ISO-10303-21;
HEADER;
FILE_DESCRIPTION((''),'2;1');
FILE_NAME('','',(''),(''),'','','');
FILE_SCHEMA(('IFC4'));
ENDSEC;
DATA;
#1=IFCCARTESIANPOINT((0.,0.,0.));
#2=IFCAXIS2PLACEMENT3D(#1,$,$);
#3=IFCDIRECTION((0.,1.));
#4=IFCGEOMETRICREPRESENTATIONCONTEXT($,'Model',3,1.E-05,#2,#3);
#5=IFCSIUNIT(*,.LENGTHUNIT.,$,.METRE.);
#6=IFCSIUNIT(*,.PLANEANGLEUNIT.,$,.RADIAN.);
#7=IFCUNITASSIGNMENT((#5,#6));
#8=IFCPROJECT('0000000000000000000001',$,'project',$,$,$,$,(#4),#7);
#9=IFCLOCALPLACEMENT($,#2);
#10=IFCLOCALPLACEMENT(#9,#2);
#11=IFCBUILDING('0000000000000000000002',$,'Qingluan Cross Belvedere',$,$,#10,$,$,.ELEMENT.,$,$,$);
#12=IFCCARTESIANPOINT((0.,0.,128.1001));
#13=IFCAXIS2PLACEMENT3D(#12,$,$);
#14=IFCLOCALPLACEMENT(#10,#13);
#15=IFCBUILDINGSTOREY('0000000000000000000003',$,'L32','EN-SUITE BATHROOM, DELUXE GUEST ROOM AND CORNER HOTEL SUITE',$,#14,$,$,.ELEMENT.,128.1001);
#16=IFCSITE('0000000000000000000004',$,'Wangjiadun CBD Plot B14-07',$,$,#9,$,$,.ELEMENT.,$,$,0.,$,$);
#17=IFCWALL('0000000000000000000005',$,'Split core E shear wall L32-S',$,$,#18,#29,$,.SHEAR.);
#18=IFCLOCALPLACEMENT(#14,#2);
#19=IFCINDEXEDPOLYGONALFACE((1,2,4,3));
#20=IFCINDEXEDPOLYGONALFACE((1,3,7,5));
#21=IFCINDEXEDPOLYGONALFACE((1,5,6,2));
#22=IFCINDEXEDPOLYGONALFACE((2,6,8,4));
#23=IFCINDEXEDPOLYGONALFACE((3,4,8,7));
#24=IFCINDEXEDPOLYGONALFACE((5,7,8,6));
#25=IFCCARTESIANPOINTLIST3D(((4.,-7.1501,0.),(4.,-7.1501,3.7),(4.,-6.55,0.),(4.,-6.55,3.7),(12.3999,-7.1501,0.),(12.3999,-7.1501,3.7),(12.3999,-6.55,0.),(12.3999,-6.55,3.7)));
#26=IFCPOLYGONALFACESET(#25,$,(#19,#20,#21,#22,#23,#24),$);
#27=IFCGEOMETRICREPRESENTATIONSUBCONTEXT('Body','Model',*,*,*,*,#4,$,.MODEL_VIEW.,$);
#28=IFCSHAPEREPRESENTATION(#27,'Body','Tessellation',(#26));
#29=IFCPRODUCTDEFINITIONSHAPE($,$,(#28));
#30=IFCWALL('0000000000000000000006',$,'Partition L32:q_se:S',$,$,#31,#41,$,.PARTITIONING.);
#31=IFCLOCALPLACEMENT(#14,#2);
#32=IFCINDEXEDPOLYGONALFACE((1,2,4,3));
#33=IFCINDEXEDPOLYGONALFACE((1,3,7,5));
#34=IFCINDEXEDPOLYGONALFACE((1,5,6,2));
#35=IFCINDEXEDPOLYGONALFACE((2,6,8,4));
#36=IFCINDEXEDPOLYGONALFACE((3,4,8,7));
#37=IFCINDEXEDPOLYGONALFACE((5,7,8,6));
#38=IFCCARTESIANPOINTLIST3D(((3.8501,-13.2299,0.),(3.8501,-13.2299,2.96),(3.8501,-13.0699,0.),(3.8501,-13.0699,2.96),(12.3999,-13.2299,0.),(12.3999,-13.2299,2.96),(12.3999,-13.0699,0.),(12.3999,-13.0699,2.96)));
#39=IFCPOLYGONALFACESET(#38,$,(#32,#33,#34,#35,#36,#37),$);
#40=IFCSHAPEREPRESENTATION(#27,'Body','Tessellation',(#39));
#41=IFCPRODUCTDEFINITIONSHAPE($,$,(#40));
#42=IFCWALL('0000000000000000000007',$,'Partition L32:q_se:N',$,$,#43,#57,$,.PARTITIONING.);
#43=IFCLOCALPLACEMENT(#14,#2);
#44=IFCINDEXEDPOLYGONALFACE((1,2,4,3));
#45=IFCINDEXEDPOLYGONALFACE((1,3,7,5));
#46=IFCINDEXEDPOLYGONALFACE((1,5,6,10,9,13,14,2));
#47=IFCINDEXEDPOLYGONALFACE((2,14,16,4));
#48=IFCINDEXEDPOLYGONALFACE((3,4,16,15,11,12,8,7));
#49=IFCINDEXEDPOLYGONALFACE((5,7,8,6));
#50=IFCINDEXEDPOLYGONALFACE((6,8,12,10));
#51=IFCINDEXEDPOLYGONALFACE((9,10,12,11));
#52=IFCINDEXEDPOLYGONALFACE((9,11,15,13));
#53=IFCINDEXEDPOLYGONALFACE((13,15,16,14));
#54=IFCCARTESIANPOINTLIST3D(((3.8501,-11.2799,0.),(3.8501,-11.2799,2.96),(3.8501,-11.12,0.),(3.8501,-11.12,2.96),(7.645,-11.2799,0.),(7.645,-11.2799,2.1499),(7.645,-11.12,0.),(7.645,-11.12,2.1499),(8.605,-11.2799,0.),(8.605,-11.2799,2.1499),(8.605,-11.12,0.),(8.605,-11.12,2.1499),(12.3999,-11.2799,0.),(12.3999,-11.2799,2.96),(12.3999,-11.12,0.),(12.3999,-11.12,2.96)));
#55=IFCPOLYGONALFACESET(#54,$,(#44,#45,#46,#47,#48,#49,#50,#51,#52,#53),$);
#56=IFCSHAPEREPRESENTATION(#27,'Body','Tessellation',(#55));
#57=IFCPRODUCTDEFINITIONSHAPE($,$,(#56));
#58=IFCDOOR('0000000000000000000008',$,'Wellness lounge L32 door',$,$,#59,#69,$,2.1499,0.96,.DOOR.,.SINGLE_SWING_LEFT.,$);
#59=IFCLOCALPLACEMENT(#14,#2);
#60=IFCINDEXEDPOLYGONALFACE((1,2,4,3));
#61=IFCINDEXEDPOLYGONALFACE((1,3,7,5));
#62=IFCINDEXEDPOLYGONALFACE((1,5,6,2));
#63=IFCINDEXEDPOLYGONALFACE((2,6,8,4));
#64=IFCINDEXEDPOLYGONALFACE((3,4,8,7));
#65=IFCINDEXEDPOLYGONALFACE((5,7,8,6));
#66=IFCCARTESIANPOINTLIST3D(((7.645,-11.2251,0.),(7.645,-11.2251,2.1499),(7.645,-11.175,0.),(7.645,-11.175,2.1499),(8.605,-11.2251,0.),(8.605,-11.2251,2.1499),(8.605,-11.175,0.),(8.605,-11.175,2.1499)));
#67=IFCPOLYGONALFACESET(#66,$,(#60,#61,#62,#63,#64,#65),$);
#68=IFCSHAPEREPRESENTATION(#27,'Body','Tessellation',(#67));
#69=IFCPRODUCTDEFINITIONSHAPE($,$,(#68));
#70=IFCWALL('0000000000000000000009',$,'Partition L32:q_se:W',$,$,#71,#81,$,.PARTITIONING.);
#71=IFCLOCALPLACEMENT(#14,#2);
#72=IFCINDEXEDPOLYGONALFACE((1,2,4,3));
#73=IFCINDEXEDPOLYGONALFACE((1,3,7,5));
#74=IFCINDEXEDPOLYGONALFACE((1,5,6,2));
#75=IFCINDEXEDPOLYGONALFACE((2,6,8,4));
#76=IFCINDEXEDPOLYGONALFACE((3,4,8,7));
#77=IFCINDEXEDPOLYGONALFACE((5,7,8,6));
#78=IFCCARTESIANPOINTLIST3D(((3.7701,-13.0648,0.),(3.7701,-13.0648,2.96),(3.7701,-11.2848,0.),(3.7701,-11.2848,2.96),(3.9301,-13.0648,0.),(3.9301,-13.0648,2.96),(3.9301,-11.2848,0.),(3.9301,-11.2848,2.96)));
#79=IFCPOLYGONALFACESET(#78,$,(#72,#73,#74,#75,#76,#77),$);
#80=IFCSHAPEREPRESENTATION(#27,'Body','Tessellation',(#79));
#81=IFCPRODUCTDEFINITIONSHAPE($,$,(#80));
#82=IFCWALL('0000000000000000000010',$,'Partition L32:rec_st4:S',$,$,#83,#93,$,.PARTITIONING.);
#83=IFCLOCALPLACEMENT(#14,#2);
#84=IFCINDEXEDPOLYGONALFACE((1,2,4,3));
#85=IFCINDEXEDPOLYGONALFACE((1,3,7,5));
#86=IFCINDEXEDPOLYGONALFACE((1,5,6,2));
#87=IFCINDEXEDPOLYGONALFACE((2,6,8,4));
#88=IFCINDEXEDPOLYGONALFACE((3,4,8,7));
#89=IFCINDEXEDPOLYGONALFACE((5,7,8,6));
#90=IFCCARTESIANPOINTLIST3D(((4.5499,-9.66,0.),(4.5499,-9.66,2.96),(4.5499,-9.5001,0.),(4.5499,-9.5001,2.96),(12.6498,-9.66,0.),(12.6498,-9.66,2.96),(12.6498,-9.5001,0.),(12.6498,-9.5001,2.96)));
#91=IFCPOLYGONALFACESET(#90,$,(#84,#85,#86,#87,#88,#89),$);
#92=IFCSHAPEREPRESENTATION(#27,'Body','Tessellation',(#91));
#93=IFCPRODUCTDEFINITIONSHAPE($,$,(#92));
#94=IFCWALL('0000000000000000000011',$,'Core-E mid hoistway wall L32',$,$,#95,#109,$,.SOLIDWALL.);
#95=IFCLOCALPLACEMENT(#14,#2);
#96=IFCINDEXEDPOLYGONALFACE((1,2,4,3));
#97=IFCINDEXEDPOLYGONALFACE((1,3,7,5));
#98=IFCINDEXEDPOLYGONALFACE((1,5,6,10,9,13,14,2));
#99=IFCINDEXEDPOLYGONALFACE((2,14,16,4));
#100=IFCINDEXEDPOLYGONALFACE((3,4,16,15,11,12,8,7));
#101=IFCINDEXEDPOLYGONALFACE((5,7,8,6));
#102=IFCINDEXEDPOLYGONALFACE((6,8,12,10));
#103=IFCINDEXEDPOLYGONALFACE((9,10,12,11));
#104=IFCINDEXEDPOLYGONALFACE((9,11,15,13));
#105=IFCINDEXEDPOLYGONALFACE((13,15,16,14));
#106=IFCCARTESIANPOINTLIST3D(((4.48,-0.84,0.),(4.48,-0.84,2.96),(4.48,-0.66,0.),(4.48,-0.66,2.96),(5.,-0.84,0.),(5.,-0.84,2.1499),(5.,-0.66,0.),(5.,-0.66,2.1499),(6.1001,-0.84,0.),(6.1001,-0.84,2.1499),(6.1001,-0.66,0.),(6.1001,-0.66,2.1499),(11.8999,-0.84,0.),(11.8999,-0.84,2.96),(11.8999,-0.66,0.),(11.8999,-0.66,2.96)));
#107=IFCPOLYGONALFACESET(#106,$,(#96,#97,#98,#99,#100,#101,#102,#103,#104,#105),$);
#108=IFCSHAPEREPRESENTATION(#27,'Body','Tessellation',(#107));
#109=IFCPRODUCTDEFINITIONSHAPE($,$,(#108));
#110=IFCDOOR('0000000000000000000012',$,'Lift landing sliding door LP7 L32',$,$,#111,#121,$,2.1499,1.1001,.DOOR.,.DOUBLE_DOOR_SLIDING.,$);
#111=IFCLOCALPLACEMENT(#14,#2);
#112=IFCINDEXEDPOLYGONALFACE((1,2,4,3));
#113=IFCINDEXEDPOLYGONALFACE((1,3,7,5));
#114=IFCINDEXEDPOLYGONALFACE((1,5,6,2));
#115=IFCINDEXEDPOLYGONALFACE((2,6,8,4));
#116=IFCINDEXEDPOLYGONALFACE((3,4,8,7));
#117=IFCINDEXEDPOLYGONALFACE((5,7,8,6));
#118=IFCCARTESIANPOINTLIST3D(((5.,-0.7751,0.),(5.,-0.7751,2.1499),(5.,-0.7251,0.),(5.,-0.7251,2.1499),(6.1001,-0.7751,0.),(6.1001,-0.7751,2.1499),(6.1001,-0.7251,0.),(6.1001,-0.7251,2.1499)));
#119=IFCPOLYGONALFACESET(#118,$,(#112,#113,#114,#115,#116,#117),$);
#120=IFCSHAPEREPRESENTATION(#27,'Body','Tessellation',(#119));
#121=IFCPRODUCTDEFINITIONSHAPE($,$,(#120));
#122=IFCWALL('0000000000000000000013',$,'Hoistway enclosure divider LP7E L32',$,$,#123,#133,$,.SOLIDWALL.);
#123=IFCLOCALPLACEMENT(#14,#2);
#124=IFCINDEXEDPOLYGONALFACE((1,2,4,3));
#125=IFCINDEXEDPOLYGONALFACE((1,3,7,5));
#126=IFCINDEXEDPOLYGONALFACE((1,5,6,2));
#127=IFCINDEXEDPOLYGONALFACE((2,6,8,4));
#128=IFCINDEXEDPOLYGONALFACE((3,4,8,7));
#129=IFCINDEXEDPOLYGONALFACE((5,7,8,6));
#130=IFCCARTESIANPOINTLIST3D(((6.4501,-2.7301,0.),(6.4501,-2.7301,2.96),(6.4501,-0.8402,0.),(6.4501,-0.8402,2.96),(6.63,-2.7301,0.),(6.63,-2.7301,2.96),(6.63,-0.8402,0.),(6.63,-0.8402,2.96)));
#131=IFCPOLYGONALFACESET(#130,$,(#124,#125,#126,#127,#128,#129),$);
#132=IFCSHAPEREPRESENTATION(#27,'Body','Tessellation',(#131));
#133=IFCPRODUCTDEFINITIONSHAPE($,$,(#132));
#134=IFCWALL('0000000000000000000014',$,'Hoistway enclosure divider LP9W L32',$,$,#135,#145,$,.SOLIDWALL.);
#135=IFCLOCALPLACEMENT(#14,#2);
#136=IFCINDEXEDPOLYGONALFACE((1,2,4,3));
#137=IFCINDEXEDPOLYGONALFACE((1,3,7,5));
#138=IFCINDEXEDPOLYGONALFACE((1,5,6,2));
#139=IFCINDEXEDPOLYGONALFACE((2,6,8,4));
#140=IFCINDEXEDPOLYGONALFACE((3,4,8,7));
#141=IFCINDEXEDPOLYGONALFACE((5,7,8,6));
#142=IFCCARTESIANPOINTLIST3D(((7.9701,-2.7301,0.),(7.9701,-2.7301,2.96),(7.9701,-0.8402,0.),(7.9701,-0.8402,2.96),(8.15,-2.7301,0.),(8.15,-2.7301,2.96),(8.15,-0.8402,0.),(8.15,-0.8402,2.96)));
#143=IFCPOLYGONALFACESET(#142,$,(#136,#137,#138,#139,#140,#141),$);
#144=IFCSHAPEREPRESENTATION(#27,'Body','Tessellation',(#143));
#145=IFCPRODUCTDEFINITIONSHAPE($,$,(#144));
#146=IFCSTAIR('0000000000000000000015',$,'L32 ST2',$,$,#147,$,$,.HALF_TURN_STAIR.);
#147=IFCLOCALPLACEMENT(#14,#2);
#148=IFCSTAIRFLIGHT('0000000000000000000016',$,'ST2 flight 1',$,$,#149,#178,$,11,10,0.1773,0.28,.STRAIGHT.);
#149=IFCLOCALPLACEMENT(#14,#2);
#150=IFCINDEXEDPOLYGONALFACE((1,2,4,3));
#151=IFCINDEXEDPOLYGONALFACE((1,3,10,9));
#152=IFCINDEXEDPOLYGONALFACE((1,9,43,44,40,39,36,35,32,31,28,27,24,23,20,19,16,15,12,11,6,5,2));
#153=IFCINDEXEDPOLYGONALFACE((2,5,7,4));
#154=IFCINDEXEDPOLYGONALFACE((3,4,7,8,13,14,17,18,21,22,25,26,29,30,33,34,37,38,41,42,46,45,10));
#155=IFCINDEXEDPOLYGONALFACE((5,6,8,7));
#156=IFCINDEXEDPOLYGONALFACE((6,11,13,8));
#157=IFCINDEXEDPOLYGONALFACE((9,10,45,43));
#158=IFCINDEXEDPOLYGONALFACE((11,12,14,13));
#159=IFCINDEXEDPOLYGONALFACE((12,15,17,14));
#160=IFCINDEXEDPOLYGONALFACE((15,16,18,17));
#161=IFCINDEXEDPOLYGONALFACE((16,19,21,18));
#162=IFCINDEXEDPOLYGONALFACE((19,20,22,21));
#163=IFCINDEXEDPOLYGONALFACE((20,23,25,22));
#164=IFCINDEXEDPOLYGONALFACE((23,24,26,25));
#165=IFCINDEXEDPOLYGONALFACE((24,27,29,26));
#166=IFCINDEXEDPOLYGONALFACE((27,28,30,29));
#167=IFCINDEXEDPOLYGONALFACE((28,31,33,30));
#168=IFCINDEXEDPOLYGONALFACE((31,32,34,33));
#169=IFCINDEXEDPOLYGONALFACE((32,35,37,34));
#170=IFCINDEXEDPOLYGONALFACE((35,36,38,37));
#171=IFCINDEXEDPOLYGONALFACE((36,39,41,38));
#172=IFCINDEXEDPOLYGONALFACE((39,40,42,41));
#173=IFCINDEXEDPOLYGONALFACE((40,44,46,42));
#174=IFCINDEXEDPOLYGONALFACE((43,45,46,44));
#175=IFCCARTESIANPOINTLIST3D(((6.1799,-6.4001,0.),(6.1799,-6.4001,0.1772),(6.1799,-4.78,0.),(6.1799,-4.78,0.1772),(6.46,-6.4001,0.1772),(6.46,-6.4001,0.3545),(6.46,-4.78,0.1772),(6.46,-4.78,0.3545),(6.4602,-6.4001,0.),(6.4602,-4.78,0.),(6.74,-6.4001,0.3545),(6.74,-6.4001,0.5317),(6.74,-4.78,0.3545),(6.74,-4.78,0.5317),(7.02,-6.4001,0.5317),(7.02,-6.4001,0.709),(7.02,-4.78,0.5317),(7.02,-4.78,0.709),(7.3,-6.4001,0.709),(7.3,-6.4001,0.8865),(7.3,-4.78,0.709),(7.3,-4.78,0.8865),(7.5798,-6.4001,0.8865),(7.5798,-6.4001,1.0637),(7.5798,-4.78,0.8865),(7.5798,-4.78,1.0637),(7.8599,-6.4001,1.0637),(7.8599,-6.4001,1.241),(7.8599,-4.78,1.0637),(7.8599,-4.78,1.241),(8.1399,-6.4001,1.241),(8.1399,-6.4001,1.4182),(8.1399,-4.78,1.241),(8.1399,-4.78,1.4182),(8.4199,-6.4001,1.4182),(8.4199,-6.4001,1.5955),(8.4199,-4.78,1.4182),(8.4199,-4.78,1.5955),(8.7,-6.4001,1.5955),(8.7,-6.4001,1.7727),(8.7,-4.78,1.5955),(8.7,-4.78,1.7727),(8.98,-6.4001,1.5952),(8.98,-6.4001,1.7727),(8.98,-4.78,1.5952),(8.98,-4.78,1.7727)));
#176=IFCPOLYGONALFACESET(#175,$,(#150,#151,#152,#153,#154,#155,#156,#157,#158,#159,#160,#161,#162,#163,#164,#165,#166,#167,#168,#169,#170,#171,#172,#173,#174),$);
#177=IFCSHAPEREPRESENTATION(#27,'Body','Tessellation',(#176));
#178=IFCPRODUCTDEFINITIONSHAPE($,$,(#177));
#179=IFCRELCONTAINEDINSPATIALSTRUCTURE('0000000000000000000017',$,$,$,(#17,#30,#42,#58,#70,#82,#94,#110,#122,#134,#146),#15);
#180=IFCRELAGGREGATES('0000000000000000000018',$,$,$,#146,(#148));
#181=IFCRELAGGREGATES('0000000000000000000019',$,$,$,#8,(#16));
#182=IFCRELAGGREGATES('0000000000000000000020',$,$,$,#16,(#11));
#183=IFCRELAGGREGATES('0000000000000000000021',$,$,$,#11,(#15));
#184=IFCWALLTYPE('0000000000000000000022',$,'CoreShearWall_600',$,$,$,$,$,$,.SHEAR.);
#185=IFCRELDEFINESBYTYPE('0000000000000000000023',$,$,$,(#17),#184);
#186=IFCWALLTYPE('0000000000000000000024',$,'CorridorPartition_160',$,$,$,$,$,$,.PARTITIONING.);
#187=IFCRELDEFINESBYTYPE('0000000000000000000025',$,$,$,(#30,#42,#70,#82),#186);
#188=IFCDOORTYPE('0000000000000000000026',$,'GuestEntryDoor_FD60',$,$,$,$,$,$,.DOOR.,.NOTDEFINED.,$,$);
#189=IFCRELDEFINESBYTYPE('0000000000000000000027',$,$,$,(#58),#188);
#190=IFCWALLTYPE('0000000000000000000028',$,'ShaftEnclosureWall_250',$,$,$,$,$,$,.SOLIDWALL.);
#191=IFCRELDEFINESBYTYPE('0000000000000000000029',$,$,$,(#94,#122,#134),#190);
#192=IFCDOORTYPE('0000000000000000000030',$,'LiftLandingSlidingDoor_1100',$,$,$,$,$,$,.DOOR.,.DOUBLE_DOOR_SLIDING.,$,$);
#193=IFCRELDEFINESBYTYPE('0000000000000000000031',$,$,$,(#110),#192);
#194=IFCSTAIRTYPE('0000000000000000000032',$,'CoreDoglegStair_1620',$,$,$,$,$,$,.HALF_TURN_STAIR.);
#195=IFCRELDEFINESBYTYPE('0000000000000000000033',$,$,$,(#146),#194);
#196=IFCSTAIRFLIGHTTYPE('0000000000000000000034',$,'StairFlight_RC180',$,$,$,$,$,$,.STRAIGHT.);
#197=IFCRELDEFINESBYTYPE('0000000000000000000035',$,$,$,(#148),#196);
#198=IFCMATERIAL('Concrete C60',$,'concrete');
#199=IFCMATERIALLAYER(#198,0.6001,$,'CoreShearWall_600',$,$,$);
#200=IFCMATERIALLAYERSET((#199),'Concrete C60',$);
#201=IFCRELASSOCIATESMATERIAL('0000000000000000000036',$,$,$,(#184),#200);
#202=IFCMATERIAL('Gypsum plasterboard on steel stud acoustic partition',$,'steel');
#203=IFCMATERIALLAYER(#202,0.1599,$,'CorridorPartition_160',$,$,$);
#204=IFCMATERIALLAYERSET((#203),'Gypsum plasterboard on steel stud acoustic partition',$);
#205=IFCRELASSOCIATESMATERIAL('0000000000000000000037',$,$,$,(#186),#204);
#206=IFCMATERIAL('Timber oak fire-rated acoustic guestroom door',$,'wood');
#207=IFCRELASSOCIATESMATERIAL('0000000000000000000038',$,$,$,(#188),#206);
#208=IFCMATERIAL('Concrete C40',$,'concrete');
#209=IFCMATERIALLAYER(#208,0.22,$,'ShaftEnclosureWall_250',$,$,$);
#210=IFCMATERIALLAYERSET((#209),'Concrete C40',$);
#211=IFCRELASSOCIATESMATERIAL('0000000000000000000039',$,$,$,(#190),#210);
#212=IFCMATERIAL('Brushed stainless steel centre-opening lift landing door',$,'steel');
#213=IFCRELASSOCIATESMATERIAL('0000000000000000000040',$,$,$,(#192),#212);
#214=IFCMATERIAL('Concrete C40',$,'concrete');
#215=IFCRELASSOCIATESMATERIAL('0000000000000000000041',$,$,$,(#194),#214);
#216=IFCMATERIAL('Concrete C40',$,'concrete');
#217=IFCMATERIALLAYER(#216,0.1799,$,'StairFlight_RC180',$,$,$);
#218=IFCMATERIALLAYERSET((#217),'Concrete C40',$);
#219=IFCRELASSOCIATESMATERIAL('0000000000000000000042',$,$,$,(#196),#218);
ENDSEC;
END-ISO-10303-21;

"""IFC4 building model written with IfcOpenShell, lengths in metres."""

from ifc_helpers import new_model, si_unit, direction, frame, frame_2d, origin, place, context, subcontext, project, spatial, polyline, rectangle, outline, extrude, material, layer, layer_set, type_object, element, fill, aggregate, save


model = new_model("IFC4")

# Units and contexts
model_context = context("Model", 3, precision=1e-05, world=origin(), true_north=direction((0.0, 1.0)))
body_context = subcontext(model_context, "Body", "Model", "MODEL_VIEW")
ifc_project = project(units=[si_unit("LENGTHUNIT", "METRE"), si_unit("PLANEANGLEUNIT", "RADIAN")], contexts=[model_context])

# Site, building, storey
site_placement = place(None, origin())
site = spatial("IfcSite", under=ifc_project, at=site_placement, Name="Wangjiadun CBD Plot B14-07", CompositionType="ELEMENT", RefElevation=0.0)
building_placement = place(site_placement, origin())
building = spatial("IfcBuilding", under=site, at=building_placement, Name="Qingluan Cross Belvedere", CompositionType="ELEMENT")
storey_placement = place(building_placement, frame((0.0, 0.0, 128.1001)))
storey = spatial("IfcBuildingStorey", under=building, at=storey_placement, Name="L32", Description="EN-SUITE BATHROOM, DELUXE GUEST ROOM AND CORNER HOTEL SUITE", CompositionType="ELEMENT", Elevation=128.1001)

# Wall
ifc_material_1 = material(Name="Concrete C60", Category="concrete")
ifc_layer_1 = layer(ifc_material_1, 0.6001, Name="CoreShearWall_600")
ifc_layer_set_1 = layer_set([ifc_layer_1], Name="Concrete C60")
wall_type_1 = type_object("IfcWallType", Name="CoreShearWall_600", PredefinedType="SHEAR", material=ifc_layer_set_1)
wall_1_placement = place(storey_placement, frame((4.0, -6.8501, 0.0), z_axis=(0.0, 0.0, 1.0), x_axis=(1.0, 0.0, 0.0)))
element("IfcWall", 1, at=wall_1_placement, inside=storey, type_object=wall_type_1, Name="Split core E shear wall L32-S", PredefinedType="SHEAR", context=body_context, shape_type="SweptSolid", body=[
    extrude(rectangle(XDim=8.3999, YDim=0.6001, at=frame_2d((4.2, 0.0))), origin(), (0.0, 0.0, 1.0), 3.7),
])

# Wall
ifc_material_2 = material(Name="Gypsum plasterboard on steel stud acoustic partition", Category="steel")
ifc_layer_2 = layer(ifc_material_2, 0.1599, Name="CorridorPartition_160")
ifc_layer_set_2 = layer_set([ifc_layer_2], Name="Gypsum plasterboard on steel stud acoustic partition")
wall_type_2 = type_object("IfcWallType", Name="CorridorPartition_160", PredefinedType="PARTITIONING", material=ifc_layer_set_2)
wall_2_placement = place(storey_placement, frame((3.8501, -13.1499, 0.0), z_axis=(0.0, 0.0, 1.0), x_axis=(1.0, 0.0, 0.0)))
element("IfcWall", 2, at=wall_2_placement, inside=storey, type_object=wall_type_2, Name="Partition L32:q_se:S", PredefinedType="PARTITIONING", context=body_context, shape_type="SweptSolid", body=[
    extrude(rectangle(XDim=8.5498, YDim=0.1599, at=frame_2d((4.2749, 0.0))), origin(), (0.0, 0.0, 1.0), 2.96),
])

# Wall, opening, door
wall_3_placement = place(storey_placement, frame((3.8501, -11.2, 0.0), z_axis=(0.0, 0.0, 1.0), x_axis=(1.0, 0.0, 0.0)))
wall_3 = element("IfcWall", 3, at=wall_3_placement, inside=storey, type_object=wall_type_2, Name="Partition L32:q_se:N", PredefinedType="PARTITIONING", context=body_context, shape_type="SweptSolid", body=[
    extrude(rectangle(XDim=8.5498, YDim=0.1599, at=frame_2d((4.2749, 0.0))), origin(), (0.0, 0.0, 1.0), 2.96),
])
opening_1_placement = place(wall_3_placement, frame((3.7949, 0.0, 0.0)))
opening_1 = element("IfcOpeningElement", 4, at=opening_1_placement, cuts=wall_3, PredefinedType="OPENING", context=body_context, shape_type="SweptSolid", body=[
    extrude(rectangle(XDim=0.96, YDim=2.1499, at=frame_2d((0.48, 1.075))), frame((0.0, 0.0898, 0.0), z_axis=(0.0, -1.0, 0.0), x_axis=(1.0, 0.0, 0.0)), (0.0, 0.0, 1.0), 0.1799),
])
ifc_material_3 = material(Name="Timber oak fire-rated acoustic guestroom door", Category="wood")
door_type_1 = type_object("IfcDoorType", Name="GuestEntryDoor_FD60", OperationType="NOTDEFINED", PredefinedType="DOOR", material=ifc_material_3)
door_1_placement = place(opening_1_placement, origin())
door_1 = element("IfcDoor", 5, at=door_1_placement, inside=storey, type_object=door_type_1, Name="Wellness lounge L32 door", OperationType="SINGLE_SWING_LEFT", OverallHeight=2.1499, OverallWidth=0.96, PredefinedType="DOOR", context=body_context, shape_type="SweptSolid", body=[
    extrude(rectangle(XDim=0.96, YDim=2.1499, at=frame_2d((0.48, 1.075))), frame((0.0, 0.0249, 0.0), z_axis=(0.0, -1.0, 0.0), x_axis=(1.0, 0.0, 0.0)), (0.0, 0.0, 1.0), 0.05),
])
fill(opening_1, door_1)

# Walls
wall_4_placement = place(storey_placement, frame((3.8501, -13.0649, 0.0), z_axis=(0.0, 0.0, 1.0), x_axis=(0.0, 1.0, 0.0)))
element("IfcWall", 6, at=wall_4_placement, inside=storey, type_object=wall_type_2, Name="Partition L32:q_se:W", PredefinedType="PARTITIONING", context=body_context, shape_type="SweptSolid", body=[
    extrude(rectangle(XDim=1.78, YDim=0.1599, at=frame_2d((0.8901, 0.0))), origin(), (0.0, 0.0, 1.0), 2.96),
])
wall_5_placement = place(storey_placement, frame((4.55, -9.5801, 0.0), z_axis=(0.0, 0.0, 1.0), x_axis=(1.0, 0.0, 0.0)))
element("IfcWall", 7, at=wall_5_placement, inside=storey, type_object=wall_type_2, Name="Partition L32:rec_st4:S", PredefinedType="PARTITIONING", context=body_context, shape_type="SweptSolid", body=[
    extrude(rectangle(XDim=8.0999, YDim=0.1599, at=frame_2d((4.0498, 0.0))), origin(), (0.0, 0.0, 1.0), 2.96),
])

# Wall, opening, door
ifc_material_4 = material(Name="Concrete C40", Category="concrete")
ifc_layer_3 = layer(ifc_material_4, 0.22, Name="ShaftEnclosureWall_250")
ifc_layer_set_3 = layer_set([ifc_layer_3], Name="Concrete C40")
wall_type_3 = type_object("IfcWallType", Name="ShaftEnclosureWall_250", PredefinedType="SOLIDWALL", material=ifc_layer_set_3)
wall_6_placement = place(storey_placement, frame((4.48, -0.75, 0.0), z_axis=(0.0, 0.0, 1.0), x_axis=(1.0, 0.0, 0.0)))
wall_6 = element("IfcWall", 8, at=wall_6_placement, inside=storey, type_object=wall_type_3, Name="Core-E mid hoistway wall L32", PredefinedType="SOLIDWALL", context=body_context, shape_type="SweptSolid", body=[
    extrude(rectangle(XDim=7.4199, YDim=0.1799, at=frame_2d((3.71, 0.0))), origin(), (0.0, 0.0, 1.0), 2.96),
])
opening_2_placement = place(wall_6_placement, frame((0.52, 0.0, 0.0)))
opening_2 = element("IfcOpeningElement", 9, at=opening_2_placement, cuts=wall_6, PredefinedType="OPENING", context=body_context, shape_type="SweptSolid", body=[
    extrude(rectangle(XDim=1.1001, YDim=2.1499, at=frame_2d((0.55, 1.075))), frame((0.0, 0.0999, 0.0), z_axis=(0.0, -1.0, 0.0), x_axis=(1.0, 0.0, 0.0)), (0.0, 0.0, 1.0), 0.2),
])
ifc_material_5 = material(Name="Brushed stainless steel centre-opening lift landing door", Category="steel")
door_type_2 = type_object("IfcDoorType", Name="LiftLandingSlidingDoor_1100", OperationType="DOUBLE_DOOR_SLIDING", PredefinedType="DOOR", material=ifc_material_5)
door_2_placement = place(opening_2_placement, origin())
door_2 = element("IfcDoor", 10, at=door_2_placement, inside=storey, type_object=door_type_2, Name="Lift landing sliding door LP7 L32", OperationType="DOUBLE_DOOR_SLIDING", OverallHeight=2.1499, OverallWidth=1.1001, PredefinedType="DOOR", context=body_context, shape_type="SweptSolid", body=[
    extrude(rectangle(XDim=1.1001, YDim=2.1499, at=frame_2d((0.55, 1.075))), frame((0.0, 0.0249, 0.0), z_axis=(0.0, -1.0, 0.0), x_axis=(1.0, 0.0, 0.0)), (0.0, 0.0, 1.0), 0.05),
])
fill(opening_2, door_2)

# Walls
for number, where, z_axis, x_axis, name in (
    (11, (6.54, -2.73, 0.0), (0.0, 0.0, 1.0), (0.0, 1.0, 0.0), "Hoistway enclosure divider LP7E L32"),
    (12, (8.0601, -2.73, 0.0), (0.0, 0.0, 1.0), (0.0, 1.0, 0.0), "Hoistway enclosure divider LP9W L32"),
):
    element("IfcWall", number, at=place(storey_placement, frame(where, z_axis=z_axis, x_axis=x_axis)), inside=storey, type_object=wall_type_3, Name=name, PredefinedType="SOLIDWALL", context=body_context, shape_type="SweptSolid", body=[
        extrude(rectangle(XDim=1.8899, YDim=0.1799, at=frame_2d((0.9448, 0.0))), origin(), (0.0, 0.0, 1.0), 2.96),
    ])

# Stair, stair flight
ifc_material_6 = material(Name="Concrete C40", Category="concrete")
stair_type = type_object("IfcStairType", Name="CoreDoglegStair_1620", PredefinedType="HALF_TURN_STAIR", material=ifc_material_6)
stair_placement = place(storey_placement, origin())
stair = element("IfcStair", 13, at=stair_placement, inside=storey, type_object=stair_type, Name="L32 ST2", PredefinedType="HALF_TURN_STAIR")
ifc_material_7 = material(Name="Concrete C40", Category="concrete")
ifc_layer_4 = layer(ifc_material_7, 0.1799, Name="StairFlight_RC180")
ifc_layer_set_4 = layer_set([ifc_layer_4], Name="Concrete C40")
stair_flight_type = type_object("IfcStairFlightType", Name="StairFlight_RC180", PredefinedType="STRAIGHT", material=ifc_layer_set_4)
stair_flight_placement = place(storey_placement, frame((6.1799, -5.5901, 0.0), z_axis=(0.0, 0.0, 1.0), x_axis=(1.0, 0.0, 0.0)))
stair_flight = element("IfcStairFlight", 14, at=stair_flight_placement, type_object=stair_flight_type, Name="ST2 flight 1", NumberOfRisers=11, NumberOfTreads=10, PredefinedType="STRAIGHT", RiserHeight=0.1773, TreadLength=0.28, context=body_context, shape_type="SweptSolid", body=[
    extrude(outline(polyline([(0.0, 0.0), (0.0, 0.1772), (0.28, 0.1772), (0.28, 0.3545), (0.5601, 0.3545), (0.5601, 0.5317), (0.8401, 0.5317), (0.8401, 0.709), (1.1201, 0.709), (1.1201, 0.8865), (1.3999, 0.8865), (1.3999, 1.0637), (1.6799, 1.0637), (1.6799, 1.241), (1.96, 1.241), (1.96, 1.4182), (2.24, 1.4182), (2.24, 1.5955), (2.52, 1.5955), (2.52, 1.7727), (2.8, 1.7727), (2.8, 1.95), (2.8, 1.5952), (0.2803, 0.0), (0.0, 0.0)])), frame((0.0, 0.8101, 0.0), z_axis=(0.0, -1.0, 0.0), x_axis=(1.0, 0.0, 0.0)), (0.0, 0.0, 1.0), 1.6201),
])
aggregate(stair, [stair_flight])

save(model, "model.ifc")
